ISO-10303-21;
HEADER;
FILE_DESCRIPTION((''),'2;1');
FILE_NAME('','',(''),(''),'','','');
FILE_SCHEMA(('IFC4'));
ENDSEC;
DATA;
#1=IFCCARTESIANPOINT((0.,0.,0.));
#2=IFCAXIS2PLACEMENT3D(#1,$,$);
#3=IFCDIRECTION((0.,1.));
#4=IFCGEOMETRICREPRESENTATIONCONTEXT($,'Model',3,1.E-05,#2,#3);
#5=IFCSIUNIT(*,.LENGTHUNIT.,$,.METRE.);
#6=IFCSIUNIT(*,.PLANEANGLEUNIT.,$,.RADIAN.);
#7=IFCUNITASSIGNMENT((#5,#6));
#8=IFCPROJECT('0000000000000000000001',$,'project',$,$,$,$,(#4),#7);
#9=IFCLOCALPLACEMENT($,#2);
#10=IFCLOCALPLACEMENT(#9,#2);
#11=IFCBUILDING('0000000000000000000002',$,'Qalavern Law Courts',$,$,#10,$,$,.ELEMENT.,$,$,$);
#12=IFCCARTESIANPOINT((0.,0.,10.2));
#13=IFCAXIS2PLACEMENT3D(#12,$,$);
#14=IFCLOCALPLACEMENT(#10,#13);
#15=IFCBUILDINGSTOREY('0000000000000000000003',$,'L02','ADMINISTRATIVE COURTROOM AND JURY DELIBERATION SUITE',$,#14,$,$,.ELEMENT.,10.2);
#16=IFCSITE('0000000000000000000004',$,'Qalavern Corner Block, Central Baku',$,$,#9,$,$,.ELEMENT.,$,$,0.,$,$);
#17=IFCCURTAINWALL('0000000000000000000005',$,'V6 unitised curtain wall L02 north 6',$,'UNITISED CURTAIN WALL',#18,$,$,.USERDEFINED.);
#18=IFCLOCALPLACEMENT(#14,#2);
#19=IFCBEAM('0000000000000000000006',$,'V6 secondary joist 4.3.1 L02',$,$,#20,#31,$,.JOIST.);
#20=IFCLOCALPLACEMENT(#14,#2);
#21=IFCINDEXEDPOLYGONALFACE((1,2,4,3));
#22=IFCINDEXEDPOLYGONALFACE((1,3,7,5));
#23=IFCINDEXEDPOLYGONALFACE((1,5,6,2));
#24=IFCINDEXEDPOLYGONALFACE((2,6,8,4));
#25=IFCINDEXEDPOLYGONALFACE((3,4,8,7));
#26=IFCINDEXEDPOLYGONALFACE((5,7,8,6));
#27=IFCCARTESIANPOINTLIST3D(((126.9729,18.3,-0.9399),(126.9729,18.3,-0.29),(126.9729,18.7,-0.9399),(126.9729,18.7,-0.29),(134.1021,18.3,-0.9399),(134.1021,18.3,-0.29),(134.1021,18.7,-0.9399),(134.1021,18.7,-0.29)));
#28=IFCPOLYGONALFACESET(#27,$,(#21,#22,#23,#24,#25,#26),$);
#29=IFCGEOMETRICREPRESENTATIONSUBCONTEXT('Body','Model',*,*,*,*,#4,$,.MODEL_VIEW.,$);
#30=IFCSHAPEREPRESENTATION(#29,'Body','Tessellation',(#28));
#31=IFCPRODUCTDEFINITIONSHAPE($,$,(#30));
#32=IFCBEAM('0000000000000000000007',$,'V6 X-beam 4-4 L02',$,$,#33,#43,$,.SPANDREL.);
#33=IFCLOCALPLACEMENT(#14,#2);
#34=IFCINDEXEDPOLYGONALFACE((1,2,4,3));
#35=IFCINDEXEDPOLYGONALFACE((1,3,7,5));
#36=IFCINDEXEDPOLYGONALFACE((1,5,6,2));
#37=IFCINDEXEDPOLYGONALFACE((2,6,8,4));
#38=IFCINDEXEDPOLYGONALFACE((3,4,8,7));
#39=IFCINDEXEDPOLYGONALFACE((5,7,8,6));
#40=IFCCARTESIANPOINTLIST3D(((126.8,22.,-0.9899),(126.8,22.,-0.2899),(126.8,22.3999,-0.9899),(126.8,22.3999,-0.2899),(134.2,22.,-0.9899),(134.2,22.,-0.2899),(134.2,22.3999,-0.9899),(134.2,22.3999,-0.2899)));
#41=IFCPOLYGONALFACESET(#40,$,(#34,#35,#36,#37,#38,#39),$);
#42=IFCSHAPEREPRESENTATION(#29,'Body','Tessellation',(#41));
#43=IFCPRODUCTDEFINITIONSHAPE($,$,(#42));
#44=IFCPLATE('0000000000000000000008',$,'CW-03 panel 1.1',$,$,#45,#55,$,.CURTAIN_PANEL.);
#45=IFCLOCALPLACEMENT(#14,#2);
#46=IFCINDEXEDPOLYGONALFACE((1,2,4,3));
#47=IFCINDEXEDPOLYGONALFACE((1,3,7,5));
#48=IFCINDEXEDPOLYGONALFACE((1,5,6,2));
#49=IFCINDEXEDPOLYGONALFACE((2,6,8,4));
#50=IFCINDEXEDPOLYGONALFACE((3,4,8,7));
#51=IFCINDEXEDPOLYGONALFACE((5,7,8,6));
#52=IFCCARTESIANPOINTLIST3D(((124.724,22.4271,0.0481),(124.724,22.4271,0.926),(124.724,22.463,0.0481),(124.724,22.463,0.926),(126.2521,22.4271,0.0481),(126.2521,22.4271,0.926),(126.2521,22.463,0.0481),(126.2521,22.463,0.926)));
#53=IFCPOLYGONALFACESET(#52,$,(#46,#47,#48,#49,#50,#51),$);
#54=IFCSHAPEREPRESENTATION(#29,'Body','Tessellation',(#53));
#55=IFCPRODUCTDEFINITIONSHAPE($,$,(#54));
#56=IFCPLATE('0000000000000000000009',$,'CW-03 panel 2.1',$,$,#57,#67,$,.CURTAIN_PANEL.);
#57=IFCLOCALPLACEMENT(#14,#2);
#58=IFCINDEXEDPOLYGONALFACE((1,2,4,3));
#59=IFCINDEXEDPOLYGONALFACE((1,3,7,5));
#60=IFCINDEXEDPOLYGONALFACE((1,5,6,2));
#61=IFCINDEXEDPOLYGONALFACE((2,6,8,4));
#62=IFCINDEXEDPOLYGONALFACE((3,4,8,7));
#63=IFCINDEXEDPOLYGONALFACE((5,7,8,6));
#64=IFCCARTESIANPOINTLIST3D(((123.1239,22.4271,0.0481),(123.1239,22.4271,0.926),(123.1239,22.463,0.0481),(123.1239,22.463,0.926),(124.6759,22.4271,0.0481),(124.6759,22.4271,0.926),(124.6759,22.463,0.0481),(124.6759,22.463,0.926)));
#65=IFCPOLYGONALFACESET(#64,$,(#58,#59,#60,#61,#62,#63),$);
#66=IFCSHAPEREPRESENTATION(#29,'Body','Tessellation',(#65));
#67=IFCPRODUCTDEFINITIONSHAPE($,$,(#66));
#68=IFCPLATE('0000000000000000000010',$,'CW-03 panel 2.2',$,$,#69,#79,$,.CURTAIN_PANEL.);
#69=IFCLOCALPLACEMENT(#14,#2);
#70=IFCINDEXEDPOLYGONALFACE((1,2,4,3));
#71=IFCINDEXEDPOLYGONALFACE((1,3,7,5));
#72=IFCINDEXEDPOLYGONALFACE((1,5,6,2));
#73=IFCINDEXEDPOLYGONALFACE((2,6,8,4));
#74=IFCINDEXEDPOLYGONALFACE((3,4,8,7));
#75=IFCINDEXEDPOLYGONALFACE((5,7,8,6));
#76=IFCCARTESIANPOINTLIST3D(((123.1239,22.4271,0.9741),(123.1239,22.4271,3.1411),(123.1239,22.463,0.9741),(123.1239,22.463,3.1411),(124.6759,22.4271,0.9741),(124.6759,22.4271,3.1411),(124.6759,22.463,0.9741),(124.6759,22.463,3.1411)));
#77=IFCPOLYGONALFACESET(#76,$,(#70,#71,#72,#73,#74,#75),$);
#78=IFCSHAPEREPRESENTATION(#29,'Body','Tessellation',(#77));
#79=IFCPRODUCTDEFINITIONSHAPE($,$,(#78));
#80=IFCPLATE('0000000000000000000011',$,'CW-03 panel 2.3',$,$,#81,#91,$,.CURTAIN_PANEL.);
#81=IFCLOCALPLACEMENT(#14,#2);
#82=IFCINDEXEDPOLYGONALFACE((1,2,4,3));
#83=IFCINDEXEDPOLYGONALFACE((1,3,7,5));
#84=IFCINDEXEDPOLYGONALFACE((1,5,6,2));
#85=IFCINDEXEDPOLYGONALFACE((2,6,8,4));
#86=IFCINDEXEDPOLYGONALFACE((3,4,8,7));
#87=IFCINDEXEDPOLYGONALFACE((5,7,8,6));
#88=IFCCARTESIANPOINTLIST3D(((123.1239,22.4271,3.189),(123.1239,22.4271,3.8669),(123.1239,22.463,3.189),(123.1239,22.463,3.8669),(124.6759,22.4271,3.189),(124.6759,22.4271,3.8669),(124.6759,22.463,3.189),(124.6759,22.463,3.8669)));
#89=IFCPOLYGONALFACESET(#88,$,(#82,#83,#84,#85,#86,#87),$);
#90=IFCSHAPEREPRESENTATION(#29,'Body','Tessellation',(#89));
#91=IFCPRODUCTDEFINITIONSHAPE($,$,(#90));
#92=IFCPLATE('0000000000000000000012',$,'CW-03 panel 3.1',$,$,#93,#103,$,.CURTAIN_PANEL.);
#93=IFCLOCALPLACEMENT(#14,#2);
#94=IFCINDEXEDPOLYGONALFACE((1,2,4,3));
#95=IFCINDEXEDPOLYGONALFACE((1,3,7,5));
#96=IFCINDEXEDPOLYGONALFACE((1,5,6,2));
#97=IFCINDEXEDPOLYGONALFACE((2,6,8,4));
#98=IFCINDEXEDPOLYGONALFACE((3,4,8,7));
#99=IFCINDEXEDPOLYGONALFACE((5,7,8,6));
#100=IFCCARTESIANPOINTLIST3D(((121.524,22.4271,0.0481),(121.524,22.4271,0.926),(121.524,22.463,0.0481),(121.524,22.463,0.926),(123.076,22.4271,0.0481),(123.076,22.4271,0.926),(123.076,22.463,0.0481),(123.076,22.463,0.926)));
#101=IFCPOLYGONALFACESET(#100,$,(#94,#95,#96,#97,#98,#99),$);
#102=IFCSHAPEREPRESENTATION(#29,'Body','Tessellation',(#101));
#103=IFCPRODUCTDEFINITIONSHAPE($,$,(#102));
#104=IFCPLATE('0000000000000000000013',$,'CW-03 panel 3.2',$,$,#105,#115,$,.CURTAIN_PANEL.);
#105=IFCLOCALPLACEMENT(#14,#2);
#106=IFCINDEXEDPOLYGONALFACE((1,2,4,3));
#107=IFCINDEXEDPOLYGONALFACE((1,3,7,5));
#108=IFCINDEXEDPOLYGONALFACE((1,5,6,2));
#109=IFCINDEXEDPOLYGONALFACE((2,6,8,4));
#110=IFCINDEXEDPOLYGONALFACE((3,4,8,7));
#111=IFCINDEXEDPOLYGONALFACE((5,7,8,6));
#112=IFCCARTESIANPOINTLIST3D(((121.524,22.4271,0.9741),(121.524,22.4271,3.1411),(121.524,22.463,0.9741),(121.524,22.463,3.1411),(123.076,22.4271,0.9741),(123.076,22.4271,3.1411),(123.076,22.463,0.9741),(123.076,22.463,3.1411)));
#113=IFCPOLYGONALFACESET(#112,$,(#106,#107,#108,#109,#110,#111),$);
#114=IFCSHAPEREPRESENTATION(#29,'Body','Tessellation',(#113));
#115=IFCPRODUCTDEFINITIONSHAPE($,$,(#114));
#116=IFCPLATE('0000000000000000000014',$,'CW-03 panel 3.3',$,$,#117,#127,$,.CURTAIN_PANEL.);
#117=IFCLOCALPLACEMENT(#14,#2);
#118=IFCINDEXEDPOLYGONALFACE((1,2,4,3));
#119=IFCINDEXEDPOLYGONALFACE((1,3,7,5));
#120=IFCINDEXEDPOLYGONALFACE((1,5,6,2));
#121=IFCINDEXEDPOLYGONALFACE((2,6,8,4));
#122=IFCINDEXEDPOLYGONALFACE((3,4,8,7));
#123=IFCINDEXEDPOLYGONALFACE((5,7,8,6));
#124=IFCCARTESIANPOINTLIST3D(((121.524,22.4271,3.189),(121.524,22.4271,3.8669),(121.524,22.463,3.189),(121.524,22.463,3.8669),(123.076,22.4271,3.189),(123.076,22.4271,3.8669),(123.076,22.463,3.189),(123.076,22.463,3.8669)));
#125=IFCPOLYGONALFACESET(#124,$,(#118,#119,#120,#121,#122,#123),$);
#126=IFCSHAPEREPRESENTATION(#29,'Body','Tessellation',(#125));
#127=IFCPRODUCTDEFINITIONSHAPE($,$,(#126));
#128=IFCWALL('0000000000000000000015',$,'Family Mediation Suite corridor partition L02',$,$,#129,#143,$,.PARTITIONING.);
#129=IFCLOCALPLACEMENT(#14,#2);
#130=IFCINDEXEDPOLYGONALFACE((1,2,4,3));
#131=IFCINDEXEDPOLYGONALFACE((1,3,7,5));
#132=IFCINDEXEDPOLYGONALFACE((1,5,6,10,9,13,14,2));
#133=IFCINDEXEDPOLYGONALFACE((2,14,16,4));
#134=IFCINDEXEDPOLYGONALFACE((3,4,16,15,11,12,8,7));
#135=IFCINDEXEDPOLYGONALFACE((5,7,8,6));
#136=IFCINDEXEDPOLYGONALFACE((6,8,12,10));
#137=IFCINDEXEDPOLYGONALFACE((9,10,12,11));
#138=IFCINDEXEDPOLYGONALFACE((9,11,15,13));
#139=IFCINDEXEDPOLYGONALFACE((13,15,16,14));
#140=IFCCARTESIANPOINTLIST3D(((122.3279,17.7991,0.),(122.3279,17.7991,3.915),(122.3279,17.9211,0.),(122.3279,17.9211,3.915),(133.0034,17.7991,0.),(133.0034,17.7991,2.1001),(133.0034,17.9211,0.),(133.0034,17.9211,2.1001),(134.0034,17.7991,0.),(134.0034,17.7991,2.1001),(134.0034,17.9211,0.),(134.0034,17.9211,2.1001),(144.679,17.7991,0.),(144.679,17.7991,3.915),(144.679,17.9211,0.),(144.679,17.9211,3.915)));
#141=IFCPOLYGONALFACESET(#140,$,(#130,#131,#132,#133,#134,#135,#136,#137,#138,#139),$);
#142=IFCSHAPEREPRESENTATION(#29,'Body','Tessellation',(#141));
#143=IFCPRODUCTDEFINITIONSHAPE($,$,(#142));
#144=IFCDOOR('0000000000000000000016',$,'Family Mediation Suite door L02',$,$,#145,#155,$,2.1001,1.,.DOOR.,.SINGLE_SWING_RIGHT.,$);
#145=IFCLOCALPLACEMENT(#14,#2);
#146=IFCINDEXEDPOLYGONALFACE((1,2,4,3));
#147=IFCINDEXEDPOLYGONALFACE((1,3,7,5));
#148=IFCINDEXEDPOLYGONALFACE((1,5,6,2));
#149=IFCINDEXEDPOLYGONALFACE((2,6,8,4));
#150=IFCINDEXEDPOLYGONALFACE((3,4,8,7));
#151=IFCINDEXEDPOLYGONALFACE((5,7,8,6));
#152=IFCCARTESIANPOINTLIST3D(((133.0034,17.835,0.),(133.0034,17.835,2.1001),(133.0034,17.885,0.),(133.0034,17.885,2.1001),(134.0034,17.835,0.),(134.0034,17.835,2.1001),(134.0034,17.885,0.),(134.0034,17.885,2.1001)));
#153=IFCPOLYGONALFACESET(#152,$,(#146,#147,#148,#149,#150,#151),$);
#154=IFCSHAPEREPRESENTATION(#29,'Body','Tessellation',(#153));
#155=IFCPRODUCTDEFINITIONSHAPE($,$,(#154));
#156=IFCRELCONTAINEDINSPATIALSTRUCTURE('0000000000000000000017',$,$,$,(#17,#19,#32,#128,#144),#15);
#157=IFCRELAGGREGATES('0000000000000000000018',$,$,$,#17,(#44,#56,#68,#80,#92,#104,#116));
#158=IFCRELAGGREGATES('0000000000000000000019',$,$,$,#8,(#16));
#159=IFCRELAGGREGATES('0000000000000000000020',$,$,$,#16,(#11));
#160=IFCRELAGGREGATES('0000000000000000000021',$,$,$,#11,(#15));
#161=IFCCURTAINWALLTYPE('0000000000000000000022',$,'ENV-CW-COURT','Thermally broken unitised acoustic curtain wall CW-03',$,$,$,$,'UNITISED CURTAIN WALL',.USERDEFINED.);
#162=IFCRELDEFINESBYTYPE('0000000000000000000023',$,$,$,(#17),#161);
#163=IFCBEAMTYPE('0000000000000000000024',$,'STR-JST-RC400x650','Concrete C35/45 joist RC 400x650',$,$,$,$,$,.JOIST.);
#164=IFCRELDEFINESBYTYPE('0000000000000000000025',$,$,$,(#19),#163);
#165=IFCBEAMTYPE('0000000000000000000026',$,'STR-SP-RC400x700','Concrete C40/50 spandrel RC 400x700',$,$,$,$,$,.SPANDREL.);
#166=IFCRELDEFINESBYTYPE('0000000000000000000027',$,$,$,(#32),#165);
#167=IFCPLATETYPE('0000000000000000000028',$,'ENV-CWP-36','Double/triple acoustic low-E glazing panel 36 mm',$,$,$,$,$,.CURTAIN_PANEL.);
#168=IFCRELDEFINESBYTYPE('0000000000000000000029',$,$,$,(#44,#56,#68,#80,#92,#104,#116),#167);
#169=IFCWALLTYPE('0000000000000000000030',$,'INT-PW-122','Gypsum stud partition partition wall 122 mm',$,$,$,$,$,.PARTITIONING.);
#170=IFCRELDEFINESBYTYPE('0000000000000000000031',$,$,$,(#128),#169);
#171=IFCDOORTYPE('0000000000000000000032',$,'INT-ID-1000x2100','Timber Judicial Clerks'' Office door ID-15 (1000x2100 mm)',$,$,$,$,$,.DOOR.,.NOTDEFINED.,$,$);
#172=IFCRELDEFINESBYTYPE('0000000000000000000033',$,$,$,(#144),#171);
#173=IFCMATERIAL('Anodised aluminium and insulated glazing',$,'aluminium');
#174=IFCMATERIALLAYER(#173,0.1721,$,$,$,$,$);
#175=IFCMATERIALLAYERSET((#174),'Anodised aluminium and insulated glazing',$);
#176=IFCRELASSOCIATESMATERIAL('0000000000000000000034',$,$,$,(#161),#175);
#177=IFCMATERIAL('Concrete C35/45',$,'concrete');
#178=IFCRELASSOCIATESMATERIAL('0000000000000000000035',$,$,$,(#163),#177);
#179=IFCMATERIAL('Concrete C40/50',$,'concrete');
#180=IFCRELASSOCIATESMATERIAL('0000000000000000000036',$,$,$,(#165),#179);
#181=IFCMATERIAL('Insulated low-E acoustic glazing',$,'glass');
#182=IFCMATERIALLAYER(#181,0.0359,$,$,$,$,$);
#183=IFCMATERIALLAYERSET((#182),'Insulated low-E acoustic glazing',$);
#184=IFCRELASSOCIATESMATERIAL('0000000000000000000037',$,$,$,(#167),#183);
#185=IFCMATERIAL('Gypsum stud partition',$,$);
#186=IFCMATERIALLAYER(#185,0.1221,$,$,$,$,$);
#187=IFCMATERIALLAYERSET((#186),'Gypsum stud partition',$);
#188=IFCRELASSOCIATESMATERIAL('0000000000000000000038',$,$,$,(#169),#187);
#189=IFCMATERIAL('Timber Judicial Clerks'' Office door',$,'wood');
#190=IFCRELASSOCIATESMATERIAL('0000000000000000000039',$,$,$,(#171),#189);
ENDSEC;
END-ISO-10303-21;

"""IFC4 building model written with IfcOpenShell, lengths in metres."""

from ifc_helpers import new_model, si_unit, direction, frame, frame_2d, origin, origin_2d, place, context, subcontext, project, spatial, rectangle, extrude, material, layer, layer_set, material_profile, profile_set, type_object, element, fill, aggregate, save


model = new_model("IFC4")

# Units and contexts
model_context = context("Model", 3, precision=1e-05, world=origin(), true_north=direction((0.0, 1.0)))
body_context = subcontext(model_context, "Body", "Model", "MODEL_VIEW")
ifc_project = project(units=[si_unit("LENGTHUNIT", "METRE"), si_unit("PLANEANGLEUNIT", "RADIAN")], contexts=[model_context])

# Site, building, storey
site_placement = place(None, origin())
site = spatial("IfcSite", under=ifc_project, at=site_placement, Name="Qalavern Corner Block, Central Baku", CompositionType="ELEMENT", RefElevation=0.0)
building_placement = place(site_placement, origin())
building = spatial("IfcBuilding", under=site, at=building_placement, Name="Qalavern Law Courts", CompositionType="ELEMENT")
storey_placement = place(building_placement, frame((0.0, 0.0, 10.2)))
storey = spatial("IfcBuildingStorey", under=building, at=storey_placement, Name="L02", Description="ADMINISTRATIVE COURTROOM AND JURY DELIBERATION SUITE", CompositionType="ELEMENT", Elevation=10.2)

# Curtain wall
ifc_material_1 = material(Name="Anodised aluminium and insulated glazing", Category="aluminium")
ifc_layer_1 = layer(ifc_material_1, 0.1721)
ifc_layer_set_1 = layer_set([ifc_layer_1], Name="Anodised aluminium and insulated glazing")
curtain_wall_type = type_object("IfcCurtainWallType", Name="ENV-CW-COURT", Description="Thermally broken unitised acoustic curtain wall CW-03", ElementType="UNITISED CURTAIN WALL", PredefinedType="USERDEFINED", material=ifc_layer_set_1)
curtain_wall_placement = place(storey_placement, origin())
curtain_wall = element("IfcCurtainWall", 1, at=curtain_wall_placement, inside=storey, type_object=curtain_wall_type, Name="V6 unitised curtain wall L02 north 6", ObjectType="UNITISED CURTAIN WALL", PredefinedType="USERDEFINED")

# Beams
ifc_material_2 = material(Name="Concrete C35/45", Category="concrete")
ifc_material_profile_1 = material_profile(ifc_material_2, rectangle(XDim=0.3999, YDim=0.6499, at=origin_2d()), Name="RC 400x650")
ifc_profile_set_1 = profile_set([ifc_material_profile_1], Name="Concrete C35/45")
beam_type_1 = type_object("IfcBeamType", Name="STR-JST-RC400x650", Description="Concrete C35/45 joist RC 400x650", PredefinedType="JOIST", material=ifc_profile_set_1)
beam_1_placement = place(storey_placement, frame((126.9729, 18.5, -0.615), z_axis=(1.0, 0.0, 0.0), x_axis=(0.0, 1.0, 0.0)))
element("IfcBeam", 2, at=beam_1_placement, inside=storey, type_object=beam_type_1, Name="V6 secondary joist 4.3.1 L02", PredefinedType="JOIST", context=body_context, shape_type="SweptSolid", body=[
    extrude(rectangle(XDim=0.3999, YDim=0.6499, at=origin_2d()), origin(), (0.0, 0.0, 1.0), 7.1292),
])
ifc_material_3 = material(Name="Concrete C40/50", Category="concrete")
ifc_material_profile_2 = material_profile(ifc_material_3, rectangle(XDim=0.3999, YDim=0.7, at=origin_2d()), Name="RC 400x700")
ifc_profile_set_2 = profile_set([ifc_material_profile_2], Name="Concrete C40/50")
beam_type_2 = type_object("IfcBeamType", Name="STR-SP-RC400x700", Description="Concrete C40/50 spandrel RC 400x700", PredefinedType="SPANDREL", material=ifc_profile_set_2)
beam_2_placement = place(storey_placement, frame((126.8, 22.2, -0.6399), z_axis=(1.0, 0.0, 0.0), x_axis=(0.0, 1.0, 0.0)))
element("IfcBeam", 3, at=beam_2_placement, inside=storey, type_object=beam_type_2, Name="V6 X-beam 4-4 L02", PredefinedType="SPANDREL", context=body_context, shape_type="SweptSolid", body=[
    extrude(rectangle(XDim=0.3999, YDim=0.7, at=origin_2d()), origin(), (0.0, 0.0, 1.0), 7.3999),
])

# Plates
ifc_material_4 = material(Name="Insulated low-E acoustic glazing", Category="glass")
ifc_layer_2 = layer(ifc_material_4, 0.0359)
ifc_layer_set_2 = layer_set([ifc_layer_2], Name="Insulated low-E acoustic glazing")
plate_type = type_object("IfcPlateType", Name="ENV-CWP-36", Description="Double/triple acoustic low-E glazing panel 36 mm", PredefinedType="CURTAIN_PANEL", material=ifc_layer_set_2)
plate_1_placement = place(storey_placement, frame((125.488, 22.4451, 0.0481), z_axis=(0.0, 0.0, 1.0), x_axis=(-1.0, 0.0, 0.0)))
plate_1 = element("IfcPlate", 4, at=plate_1_placement, type_object=plate_type, Name="CW-03 panel 1.1", PredefinedType="CURTAIN_PANEL", context=body_context, shape_type="SweptSolid", body=[
    extrude(rectangle(XDim=1.5281, YDim=0.0359, at=origin_2d()), origin(), (0.0, 0.0, 1.0), 0.8779),
])
plate_2_placement = place(storey_placement, frame((123.8999, 22.4451, 0.0481), z_axis=(0.0, 0.0, 1.0), x_axis=(-1.0, 0.0, 0.0)))
plate_2 = element("IfcPlate", 5, at=plate_2_placement, type_object=plate_type, Name="CW-03 panel 2.1", PredefinedType="CURTAIN_PANEL", context=body_context, shape_type="SweptSolid", body=[
    extrude(rectangle(XDim=1.552, YDim=0.0359, at=origin_2d()), origin(), (0.0, 0.0, 1.0), 0.8779),
])
plate_3_placement = place(storey_placement, frame((123.8999, 22.4451, 0.9741), z_axis=(0.0, 0.0, 1.0), x_axis=(-1.0, 0.0, 0.0)))
plate_3 = element("IfcPlate", 6, at=plate_3_placement, type_object=plate_type, Name="CW-03 panel 2.2", PredefinedType="CURTAIN_PANEL", context=body_context, shape_type="SweptSolid", body=[
    extrude(rectangle(XDim=1.552, YDim=0.0359, at=origin_2d()), origin(), (0.0, 0.0, 1.0), 2.167),
])
plate_4_placement = place(storey_placement, frame((123.8999, 22.4451, 3.189), z_axis=(0.0, 0.0, 1.0), x_axis=(-1.0, 0.0, 0.0)))
plate_4 = element("IfcPlate", 7, at=plate_4_placement, type_object=plate_type, Name="CW-03 panel 2.3", PredefinedType="CURTAIN_PANEL", context=body_context, shape_type="SweptSolid", body=[
    extrude(rectangle(XDim=1.552, YDim=0.0359, at=origin_2d()), origin(), (0.0, 0.0, 1.0), 0.678),
])
plate_5_placement = place(storey_placement, frame((122.3, 22.4451, 0.0481), z_axis=(0.0, 0.0, 1.0), x_axis=(-1.0, 0.0, 0.0)))
plate_5 = element("IfcPlate", 8, at=plate_5_placement, type_object=plate_type, Name="CW-03 panel 3.1", PredefinedType="CURTAIN_PANEL", context=body_context, shape_type="SweptSolid", body=[
    extrude(rectangle(XDim=1.552, YDim=0.0359, at=origin_2d()), origin(), (0.0, 0.0, 1.0), 0.8779),
])
plate_6_placement = place(storey_placement, frame((122.3, 22.4451, 0.9741), z_axis=(0.0, 0.0, 1.0), x_axis=(-1.0, 0.0, 0.0)))
plate_6 = element("IfcPlate", 9, at=plate_6_placement, type_object=plate_type, Name="CW-03 panel 3.2", PredefinedType="CURTAIN_PANEL", context=body_context, shape_type="SweptSolid", body=[
    extrude(rectangle(XDim=1.552, YDim=0.0359, at=origin_2d()), origin(), (0.0, 0.0, 1.0), 2.167),
])
plate_7_placement = place(storey_placement, frame((122.3, 22.4451, 3.189), z_axis=(0.0, 0.0, 1.0), x_axis=(-1.0, 0.0, 0.0)))
plate_7 = element("IfcPlate", 10, at=plate_7_placement, type_object=plate_type, Name="CW-03 panel 3.3", PredefinedType="CURTAIN_PANEL", context=body_context, shape_type="SweptSolid", body=[
    extrude(rectangle(XDim=1.552, YDim=0.0359, at=origin_2d()), origin(), (0.0, 0.0, 1.0), 0.678),
])
aggregate(curtain_wall, [plate_1, plate_2, plate_3, plate_4, plate_5, plate_6, plate_7])

# Wall, opening, door
ifc_material_5 = material(Name="Gypsum stud partition")
ifc_layer_3 = layer(ifc_material_5, 0.1221)
ifc_layer_set_3 = layer_set([ifc_layer_3], Name="Gypsum stud partition")
wall_type_1 = type_object("IfcWallType", Name="INT-PW-122", Description="Gypsum stud partition partition wall 122 mm", PredefinedType="PARTITIONING", material=ifc_layer_set_3)
wall_1_placement = place(storey_placement, frame((122.3279, 17.8601, 0.0), z_axis=(0.0, 0.0, 1.0), x_axis=(1.0, 0.0, 0.0)))
wall_1 = element("IfcWall", 11, at=wall_1_placement, inside=storey, type_object=wall_type_1, Name="Family Mediation Suite corridor partition L02", PredefinedType="PARTITIONING", context=body_context, shape_type="SweptSolid", body=[
    extrude(rectangle(XDim=22.3511, YDim=0.1221, at=frame_2d((11.1755, 0.0))), origin(), (0.0, 0.0, 1.0), 3.915),
])
opening_1_placement = place(wall_1_placement, frame((10.6755, 0.0, 0.0)))
opening_1 = element("IfcOpeningElement", 12, at=opening_1_placement, cuts=wall_1, PredefinedType="OPENING", context=body_context, shape_type="SweptSolid", body=[
    extrude(rectangle(XDim=1.0, YDim=2.1001, at=frame_2d((0.5, 1.05))), frame((0.0, 0.0759, 0.0), z_axis=(0.0, -1.0, 0.0), x_axis=(1.0, 0.0, 0.0)), (0.0, 0.0, 1.0), 0.1519),
])
ifc_material_6 = material(Name="Timber Judicial Clerks' Office door", Category="wood")
door_type_1 = type_object("IfcDoorType", Name="INT-ID-1000x2100", Description="Timber Judicial Clerks' Office door ID-15 (1000x2100 mm)", OperationType="NOTDEFINED", PredefinedType="DOOR", material=ifc_material_6)
door_1_placement = place(opening_1_placement, origin())
door_1 = element("IfcDoor", 13, at=door_1_placement, inside=storey, type_object=door_type_1, Name="Family Mediation Suite door L02", OperationType="SINGLE_SWING_RIGHT", OverallHeight=2.1001, OverallWidth=1.0, PredefinedType="DOOR", context=body_context, shape_type="SweptSolid", body=[
    extrude(rectangle(XDim=1.0, YDim=2.1001, at=frame_2d((0.5, 1.05))), frame((0.0, 0.0249, 0.0), z_axis=(0.0, -1.0, 0.0), x_axis=(1.0, 0.0, 0.0)), (0.0, 0.0, 1.0), 0.05),
])
fill(opening_1, door_1)

save(model, "model.ifc")
